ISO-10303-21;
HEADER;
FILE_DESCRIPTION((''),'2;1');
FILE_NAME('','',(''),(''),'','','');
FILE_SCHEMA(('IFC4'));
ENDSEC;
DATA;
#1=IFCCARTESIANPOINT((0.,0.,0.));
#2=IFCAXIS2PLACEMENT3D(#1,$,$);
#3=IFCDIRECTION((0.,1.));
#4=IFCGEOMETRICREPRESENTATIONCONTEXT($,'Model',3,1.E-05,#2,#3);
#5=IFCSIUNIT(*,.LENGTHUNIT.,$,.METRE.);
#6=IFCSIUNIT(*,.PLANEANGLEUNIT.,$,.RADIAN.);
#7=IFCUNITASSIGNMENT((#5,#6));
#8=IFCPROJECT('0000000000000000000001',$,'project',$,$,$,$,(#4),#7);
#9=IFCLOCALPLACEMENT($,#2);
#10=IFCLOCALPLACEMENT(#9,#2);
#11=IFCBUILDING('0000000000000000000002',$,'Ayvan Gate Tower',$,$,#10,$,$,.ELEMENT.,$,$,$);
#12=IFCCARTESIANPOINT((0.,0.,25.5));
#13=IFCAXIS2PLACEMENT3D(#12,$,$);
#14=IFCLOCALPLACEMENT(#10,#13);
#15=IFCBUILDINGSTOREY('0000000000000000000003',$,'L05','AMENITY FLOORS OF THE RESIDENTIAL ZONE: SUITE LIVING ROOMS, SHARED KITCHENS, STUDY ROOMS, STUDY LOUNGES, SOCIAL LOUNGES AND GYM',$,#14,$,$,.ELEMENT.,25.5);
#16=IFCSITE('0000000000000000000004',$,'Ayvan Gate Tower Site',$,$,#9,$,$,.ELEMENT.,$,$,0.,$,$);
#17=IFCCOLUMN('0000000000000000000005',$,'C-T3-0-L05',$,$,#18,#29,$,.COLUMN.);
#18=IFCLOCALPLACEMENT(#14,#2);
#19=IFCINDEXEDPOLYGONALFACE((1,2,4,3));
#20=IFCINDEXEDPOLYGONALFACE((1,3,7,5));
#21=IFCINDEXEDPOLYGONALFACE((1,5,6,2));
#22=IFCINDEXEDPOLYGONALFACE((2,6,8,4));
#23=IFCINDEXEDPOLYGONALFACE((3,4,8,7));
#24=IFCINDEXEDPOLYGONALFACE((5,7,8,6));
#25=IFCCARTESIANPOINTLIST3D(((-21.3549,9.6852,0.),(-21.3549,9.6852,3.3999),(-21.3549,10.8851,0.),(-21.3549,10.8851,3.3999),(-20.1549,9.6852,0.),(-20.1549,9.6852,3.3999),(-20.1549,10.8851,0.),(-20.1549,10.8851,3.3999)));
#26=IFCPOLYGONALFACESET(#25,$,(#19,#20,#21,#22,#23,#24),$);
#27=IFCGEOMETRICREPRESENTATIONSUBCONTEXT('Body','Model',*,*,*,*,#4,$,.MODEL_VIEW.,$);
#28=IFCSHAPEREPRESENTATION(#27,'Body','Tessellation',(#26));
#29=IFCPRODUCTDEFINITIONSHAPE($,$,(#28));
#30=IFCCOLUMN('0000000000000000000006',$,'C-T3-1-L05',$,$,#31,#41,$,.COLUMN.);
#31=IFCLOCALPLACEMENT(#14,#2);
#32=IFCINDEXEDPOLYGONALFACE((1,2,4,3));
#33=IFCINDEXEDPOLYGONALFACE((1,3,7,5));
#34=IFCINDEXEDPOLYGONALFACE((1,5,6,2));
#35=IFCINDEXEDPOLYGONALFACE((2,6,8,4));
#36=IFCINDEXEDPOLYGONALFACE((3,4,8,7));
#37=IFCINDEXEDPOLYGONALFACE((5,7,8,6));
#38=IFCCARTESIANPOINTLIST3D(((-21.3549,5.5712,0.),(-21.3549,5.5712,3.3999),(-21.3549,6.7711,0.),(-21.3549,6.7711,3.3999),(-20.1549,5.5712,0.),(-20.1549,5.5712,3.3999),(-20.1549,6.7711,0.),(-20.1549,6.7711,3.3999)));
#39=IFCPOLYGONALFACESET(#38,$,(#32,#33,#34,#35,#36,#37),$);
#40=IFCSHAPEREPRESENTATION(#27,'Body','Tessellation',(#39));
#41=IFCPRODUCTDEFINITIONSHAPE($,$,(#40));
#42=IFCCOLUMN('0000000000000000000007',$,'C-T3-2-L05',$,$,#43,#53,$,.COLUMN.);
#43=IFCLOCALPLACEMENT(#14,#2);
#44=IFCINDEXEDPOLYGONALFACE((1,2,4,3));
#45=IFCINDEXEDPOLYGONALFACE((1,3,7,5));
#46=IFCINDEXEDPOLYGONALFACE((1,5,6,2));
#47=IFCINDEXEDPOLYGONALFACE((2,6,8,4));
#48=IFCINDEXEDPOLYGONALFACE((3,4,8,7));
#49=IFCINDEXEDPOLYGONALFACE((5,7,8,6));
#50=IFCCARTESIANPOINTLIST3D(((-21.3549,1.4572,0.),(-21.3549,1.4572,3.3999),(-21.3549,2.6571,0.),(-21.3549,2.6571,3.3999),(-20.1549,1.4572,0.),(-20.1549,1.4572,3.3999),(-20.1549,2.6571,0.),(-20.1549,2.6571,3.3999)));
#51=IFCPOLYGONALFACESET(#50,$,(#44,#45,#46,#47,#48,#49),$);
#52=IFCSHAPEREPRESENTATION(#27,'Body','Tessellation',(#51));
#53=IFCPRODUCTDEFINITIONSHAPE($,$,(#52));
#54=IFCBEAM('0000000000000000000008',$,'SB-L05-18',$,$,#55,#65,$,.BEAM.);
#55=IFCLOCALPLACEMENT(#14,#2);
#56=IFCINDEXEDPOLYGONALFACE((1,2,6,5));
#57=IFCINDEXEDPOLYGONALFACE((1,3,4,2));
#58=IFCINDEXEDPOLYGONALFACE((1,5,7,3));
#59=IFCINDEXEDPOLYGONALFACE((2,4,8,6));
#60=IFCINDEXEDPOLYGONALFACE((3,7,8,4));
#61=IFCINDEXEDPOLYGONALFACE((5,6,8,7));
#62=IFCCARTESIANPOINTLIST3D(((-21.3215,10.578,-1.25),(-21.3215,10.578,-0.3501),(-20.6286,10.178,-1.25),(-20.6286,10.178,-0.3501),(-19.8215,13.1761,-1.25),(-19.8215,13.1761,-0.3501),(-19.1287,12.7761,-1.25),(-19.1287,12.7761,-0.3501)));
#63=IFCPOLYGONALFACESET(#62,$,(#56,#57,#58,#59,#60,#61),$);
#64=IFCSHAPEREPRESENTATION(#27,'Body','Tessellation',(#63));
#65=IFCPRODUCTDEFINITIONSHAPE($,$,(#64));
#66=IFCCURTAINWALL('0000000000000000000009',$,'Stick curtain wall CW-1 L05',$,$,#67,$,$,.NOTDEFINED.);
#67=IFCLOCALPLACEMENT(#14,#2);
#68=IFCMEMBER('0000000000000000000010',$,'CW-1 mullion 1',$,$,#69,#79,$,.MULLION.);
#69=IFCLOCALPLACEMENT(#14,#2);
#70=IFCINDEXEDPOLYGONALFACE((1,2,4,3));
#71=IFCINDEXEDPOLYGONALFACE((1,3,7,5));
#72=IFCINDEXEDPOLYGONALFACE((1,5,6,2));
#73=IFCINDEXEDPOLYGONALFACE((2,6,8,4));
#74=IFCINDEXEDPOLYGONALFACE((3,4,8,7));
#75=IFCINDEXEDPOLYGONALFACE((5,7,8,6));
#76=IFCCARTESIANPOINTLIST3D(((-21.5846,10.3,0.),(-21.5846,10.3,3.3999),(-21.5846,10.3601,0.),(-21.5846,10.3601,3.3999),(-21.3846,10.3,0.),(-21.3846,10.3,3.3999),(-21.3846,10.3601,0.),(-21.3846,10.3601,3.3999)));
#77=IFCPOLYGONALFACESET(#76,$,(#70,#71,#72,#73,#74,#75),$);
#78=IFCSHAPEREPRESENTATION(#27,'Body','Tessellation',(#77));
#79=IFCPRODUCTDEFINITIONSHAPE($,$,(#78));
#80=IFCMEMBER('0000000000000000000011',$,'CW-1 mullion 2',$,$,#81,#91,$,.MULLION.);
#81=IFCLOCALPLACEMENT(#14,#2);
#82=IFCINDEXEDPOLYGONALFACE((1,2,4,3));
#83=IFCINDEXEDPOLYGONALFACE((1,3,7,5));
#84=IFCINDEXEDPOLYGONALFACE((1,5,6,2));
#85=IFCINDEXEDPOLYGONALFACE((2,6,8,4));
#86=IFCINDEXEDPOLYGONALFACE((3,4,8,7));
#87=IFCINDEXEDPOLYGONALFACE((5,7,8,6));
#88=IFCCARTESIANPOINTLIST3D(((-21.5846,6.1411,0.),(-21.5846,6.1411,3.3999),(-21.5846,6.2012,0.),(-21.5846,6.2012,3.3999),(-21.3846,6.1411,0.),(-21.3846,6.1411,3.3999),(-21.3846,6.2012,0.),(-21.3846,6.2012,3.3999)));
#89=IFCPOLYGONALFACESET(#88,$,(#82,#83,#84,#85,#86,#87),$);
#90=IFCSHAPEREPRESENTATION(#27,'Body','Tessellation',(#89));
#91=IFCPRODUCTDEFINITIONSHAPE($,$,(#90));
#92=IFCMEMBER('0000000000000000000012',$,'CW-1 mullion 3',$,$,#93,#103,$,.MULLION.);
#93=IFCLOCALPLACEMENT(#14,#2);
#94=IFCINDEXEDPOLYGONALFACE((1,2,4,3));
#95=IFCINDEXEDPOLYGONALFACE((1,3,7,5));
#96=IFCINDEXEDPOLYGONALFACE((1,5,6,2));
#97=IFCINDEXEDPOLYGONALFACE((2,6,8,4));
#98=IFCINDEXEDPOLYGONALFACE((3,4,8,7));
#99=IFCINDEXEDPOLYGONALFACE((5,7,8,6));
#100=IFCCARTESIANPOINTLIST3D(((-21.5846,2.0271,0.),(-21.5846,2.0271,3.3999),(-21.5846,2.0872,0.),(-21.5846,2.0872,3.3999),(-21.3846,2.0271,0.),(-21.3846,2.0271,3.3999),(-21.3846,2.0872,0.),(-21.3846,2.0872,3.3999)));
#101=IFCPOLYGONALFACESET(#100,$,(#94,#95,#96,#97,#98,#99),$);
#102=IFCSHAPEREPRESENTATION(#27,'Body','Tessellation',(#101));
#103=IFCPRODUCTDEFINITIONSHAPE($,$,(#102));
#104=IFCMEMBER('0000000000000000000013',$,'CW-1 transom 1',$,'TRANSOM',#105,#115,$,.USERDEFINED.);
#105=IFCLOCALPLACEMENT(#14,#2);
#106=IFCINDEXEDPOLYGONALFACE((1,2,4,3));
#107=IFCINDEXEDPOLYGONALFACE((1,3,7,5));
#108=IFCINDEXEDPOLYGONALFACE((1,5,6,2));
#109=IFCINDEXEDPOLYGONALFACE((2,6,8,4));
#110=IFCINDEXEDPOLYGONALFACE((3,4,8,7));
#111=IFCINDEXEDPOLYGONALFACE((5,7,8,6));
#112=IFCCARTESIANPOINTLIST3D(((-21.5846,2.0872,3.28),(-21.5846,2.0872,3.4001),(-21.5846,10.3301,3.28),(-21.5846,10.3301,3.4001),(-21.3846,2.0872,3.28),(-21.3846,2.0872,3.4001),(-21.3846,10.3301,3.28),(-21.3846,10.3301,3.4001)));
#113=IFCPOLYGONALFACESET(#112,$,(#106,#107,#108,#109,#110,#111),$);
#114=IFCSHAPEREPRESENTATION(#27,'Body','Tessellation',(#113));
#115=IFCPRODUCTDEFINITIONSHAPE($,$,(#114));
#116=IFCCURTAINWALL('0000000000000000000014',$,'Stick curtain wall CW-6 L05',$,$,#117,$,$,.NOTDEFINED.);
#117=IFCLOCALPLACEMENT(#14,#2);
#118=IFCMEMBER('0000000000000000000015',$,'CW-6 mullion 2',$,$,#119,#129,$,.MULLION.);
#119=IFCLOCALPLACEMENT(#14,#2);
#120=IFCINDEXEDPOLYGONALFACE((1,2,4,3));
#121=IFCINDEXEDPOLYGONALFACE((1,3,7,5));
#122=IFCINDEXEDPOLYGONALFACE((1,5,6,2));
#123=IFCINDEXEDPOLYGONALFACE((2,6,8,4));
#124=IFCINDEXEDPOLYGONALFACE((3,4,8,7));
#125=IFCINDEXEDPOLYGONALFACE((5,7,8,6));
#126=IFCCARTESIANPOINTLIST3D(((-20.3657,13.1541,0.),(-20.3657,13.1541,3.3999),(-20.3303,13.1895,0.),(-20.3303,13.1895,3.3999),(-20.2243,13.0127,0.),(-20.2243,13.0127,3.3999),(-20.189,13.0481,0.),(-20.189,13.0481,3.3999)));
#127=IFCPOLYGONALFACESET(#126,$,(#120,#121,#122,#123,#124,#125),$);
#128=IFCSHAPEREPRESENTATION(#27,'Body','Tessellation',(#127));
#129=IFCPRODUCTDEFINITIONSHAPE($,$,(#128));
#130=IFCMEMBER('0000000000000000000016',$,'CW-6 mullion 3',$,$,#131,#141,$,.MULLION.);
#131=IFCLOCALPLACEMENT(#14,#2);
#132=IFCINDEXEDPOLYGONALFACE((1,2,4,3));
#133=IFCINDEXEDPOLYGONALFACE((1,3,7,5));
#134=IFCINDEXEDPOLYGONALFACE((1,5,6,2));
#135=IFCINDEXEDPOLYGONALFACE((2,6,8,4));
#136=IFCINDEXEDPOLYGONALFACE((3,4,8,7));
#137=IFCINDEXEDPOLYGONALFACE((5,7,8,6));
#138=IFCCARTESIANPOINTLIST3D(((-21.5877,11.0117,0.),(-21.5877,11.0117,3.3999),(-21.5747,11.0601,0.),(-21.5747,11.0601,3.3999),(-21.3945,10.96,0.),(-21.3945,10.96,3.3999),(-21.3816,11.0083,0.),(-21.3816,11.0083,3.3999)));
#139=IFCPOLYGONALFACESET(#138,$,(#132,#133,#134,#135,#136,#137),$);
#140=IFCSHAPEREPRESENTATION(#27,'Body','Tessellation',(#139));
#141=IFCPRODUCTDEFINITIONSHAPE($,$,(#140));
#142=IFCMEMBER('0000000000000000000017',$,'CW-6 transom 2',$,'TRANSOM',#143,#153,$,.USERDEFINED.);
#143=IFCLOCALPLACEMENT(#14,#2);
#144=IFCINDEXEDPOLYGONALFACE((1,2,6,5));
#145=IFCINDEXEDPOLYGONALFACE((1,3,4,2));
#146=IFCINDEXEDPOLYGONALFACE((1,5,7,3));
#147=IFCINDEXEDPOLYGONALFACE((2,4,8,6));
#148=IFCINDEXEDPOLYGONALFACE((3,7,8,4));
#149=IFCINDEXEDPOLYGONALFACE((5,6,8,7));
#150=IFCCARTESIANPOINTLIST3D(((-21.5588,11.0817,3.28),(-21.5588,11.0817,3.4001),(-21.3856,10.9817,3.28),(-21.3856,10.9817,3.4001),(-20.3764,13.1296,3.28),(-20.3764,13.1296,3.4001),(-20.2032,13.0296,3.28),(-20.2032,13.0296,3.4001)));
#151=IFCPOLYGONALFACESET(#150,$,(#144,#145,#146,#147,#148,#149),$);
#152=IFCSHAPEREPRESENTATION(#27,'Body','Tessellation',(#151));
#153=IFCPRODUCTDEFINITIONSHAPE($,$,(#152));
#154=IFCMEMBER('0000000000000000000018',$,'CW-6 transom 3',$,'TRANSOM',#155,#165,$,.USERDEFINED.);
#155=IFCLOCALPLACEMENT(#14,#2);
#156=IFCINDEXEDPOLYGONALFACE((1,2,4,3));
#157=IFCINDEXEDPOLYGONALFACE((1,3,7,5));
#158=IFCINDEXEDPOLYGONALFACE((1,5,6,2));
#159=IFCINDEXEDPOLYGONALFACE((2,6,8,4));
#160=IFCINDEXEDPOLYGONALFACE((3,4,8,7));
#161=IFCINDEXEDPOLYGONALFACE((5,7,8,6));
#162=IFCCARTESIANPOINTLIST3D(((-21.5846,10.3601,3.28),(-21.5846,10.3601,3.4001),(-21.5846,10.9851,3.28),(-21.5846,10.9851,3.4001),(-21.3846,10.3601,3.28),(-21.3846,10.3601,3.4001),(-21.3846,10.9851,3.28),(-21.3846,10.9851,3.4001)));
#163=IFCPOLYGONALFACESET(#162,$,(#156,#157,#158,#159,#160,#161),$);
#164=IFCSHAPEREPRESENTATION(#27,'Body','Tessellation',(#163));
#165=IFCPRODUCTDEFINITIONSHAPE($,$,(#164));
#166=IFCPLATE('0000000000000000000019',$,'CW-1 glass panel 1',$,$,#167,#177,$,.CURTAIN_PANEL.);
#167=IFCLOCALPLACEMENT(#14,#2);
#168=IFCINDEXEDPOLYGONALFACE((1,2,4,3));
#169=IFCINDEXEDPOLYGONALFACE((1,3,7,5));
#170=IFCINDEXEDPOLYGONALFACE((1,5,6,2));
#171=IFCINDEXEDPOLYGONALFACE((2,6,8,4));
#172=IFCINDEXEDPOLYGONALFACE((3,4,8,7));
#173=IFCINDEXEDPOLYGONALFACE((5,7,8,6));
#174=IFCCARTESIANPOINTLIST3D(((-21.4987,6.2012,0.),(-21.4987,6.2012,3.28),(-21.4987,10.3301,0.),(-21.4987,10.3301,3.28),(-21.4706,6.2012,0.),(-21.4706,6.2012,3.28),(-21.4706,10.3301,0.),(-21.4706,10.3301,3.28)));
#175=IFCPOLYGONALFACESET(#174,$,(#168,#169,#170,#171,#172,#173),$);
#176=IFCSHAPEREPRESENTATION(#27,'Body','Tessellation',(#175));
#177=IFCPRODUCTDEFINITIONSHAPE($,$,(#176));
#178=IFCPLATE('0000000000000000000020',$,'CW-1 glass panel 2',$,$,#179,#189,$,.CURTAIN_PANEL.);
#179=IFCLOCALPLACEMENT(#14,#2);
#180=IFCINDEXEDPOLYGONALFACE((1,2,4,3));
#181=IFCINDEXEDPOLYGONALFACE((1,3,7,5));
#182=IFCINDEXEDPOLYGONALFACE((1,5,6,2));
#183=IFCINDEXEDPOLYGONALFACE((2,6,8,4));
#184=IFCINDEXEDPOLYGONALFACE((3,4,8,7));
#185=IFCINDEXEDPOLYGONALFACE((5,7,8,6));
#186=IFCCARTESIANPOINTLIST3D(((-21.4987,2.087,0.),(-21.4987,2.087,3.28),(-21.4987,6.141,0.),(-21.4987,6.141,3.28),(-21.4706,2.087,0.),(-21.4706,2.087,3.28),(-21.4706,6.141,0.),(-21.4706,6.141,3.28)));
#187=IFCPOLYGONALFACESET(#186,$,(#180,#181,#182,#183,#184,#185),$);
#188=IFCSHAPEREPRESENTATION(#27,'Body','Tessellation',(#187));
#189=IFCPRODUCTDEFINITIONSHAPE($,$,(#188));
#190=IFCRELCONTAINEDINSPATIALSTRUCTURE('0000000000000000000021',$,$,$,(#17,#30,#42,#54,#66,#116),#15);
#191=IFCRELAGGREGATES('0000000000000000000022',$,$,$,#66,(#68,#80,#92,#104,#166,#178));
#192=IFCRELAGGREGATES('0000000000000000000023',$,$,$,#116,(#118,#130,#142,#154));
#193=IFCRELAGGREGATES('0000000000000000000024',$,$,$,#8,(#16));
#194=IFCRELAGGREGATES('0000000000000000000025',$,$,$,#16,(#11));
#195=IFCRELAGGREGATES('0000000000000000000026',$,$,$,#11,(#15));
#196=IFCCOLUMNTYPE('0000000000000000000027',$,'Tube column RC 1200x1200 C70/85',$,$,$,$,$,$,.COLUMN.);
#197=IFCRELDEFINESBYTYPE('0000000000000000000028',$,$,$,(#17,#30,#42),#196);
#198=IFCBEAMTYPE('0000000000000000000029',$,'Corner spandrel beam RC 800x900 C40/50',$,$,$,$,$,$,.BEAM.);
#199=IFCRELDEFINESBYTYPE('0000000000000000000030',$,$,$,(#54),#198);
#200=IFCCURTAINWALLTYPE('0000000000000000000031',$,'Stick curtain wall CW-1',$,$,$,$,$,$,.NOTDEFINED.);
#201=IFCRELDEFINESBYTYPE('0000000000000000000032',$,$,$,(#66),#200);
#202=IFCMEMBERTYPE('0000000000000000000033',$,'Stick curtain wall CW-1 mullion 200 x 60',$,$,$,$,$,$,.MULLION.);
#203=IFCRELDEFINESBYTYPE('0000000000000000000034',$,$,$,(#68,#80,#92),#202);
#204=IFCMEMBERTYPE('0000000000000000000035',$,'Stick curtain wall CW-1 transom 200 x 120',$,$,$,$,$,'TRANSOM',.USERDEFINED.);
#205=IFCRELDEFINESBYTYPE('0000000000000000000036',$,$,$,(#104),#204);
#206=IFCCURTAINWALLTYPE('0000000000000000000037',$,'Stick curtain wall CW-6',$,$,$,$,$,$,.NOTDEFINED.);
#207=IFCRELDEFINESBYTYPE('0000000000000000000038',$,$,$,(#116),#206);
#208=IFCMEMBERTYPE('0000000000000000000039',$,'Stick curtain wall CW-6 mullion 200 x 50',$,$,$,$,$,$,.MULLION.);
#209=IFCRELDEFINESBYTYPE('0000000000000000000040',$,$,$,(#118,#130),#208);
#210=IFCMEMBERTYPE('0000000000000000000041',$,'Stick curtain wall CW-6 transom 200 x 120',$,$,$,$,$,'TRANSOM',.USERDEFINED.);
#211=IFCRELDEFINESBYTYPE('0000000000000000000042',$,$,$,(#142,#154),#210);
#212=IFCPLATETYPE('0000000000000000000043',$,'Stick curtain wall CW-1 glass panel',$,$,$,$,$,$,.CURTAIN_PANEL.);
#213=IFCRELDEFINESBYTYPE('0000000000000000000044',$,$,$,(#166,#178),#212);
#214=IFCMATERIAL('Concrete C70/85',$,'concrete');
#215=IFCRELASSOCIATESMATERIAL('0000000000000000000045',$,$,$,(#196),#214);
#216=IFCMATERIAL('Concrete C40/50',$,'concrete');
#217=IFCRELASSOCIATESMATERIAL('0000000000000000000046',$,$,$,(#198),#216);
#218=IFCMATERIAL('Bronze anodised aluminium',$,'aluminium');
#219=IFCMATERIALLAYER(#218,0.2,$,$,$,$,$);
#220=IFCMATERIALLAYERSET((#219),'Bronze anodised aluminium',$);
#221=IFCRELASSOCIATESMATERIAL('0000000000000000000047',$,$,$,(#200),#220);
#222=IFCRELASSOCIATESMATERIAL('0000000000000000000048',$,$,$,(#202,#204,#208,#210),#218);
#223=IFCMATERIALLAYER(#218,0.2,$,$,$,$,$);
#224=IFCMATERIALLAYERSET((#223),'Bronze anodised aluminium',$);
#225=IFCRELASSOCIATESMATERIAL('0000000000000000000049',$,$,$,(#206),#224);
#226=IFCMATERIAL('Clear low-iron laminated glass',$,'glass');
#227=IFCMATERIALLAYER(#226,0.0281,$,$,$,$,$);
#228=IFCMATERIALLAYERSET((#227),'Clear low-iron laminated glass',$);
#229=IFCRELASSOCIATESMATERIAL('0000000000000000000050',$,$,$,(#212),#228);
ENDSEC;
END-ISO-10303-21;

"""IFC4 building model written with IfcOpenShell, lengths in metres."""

from ifc_helpers import new_model, si_unit, direction, frame, origin, origin_2d, place, context, subcontext, project, spatial, rectangle, extrude, material, layer, layer_set, material_profile, profile_set, type_object, element, aggregate, save


model = new_model("IFC4")

# Units and contexts
model_context = context("Model", 3, precision=1e-05, world=origin(), true_north=direction((0.0, 1.0)))
body_context = subcontext(model_context, "Body", "Model", "MODEL_VIEW")
ifc_project = project(units=[si_unit("LENGTHUNIT", "METRE"), si_unit("PLANEANGLEUNIT", "RADIAN")], contexts=[model_context])

# Site, building, storey
site_placement = place(None, origin())
site = spatial("IfcSite", under=ifc_project, at=site_placement, Name="Ayvan Gate Tower Site", CompositionType="ELEMENT", RefElevation=0.0)
building_placement = place(site_placement, origin())
building = spatial("IfcBuilding", under=site, at=building_placement, Name="Ayvan Gate Tower", CompositionType="ELEMENT")
storey_placement = place(building_placement, frame((0.0, 0.0, 25.5)))
storey = spatial("IfcBuildingStorey", under=building, at=storey_placement, Name="L05", Description="AMENITY FLOORS OF THE RESIDENTIAL ZONE: SUITE LIVING ROOMS, SHARED KITCHENS, STUDY ROOMS, STUDY LOUNGES, SOCIAL LOUNGES AND GYM", CompositionType="ELEMENT", Elevation=25.5)

# Columns
ifc_material_1 = material(Name="Concrete C70/85", Category="concrete")
ifc_material_profile_1 = material_profile(ifc_material_1, rectangle(XDim=1.2, YDim=1.2, at=origin_2d()), Name="RC 1200x1200")
ifc_profile_set_1 = profile_set([ifc_material_profile_1], Name="Concrete C70/85")
column_type = type_object("IfcColumnType", Name="Tube column RC 1200x1200 C70/85", PredefinedType="COLUMN", material=ifc_profile_set_1)
for number, where, z_axis, x_axis, name in (
    (1, (-20.7549, 10.2852, 0.0), (0.0, 0.0, 1.0), (-1.0, 0.0, 0.0), "C-T3-0-L05"),
    (2, (-20.7549, 6.1711, 0.0), (0.0, 0.0, 1.0), (-1.0, 0.0, 0.0), "C-T3-1-L05"),
    (3, (-20.7549, 2.0571, 0.0), (0.0, 0.0, 1.0), (-1.0, 0.0, 0.0), "C-T3-2-L05"),
):
    element("IfcColumn", number, at=place(storey_placement, frame(where, z_axis=z_axis, x_axis=x_axis)), inside=storey, type_object=column_type, Name=name, PredefinedType="COLUMN", context=body_context, shape_type="SweptSolid", body=[
        extrude(rectangle(XDim=1.2, YDim=1.2, at=origin_2d()), origin(), (0.0, 0.0, 1.0), 3.3999),
    ])

# Beam
ifc_material_2 = material(Name="Concrete C40/50", Category="concrete")
ifc_material_profile_2 = material_profile(ifc_material_2, rectangle(XDim=0.8, YDim=0.8999, at=origin_2d()), Name="RC 800x900")
ifc_profile_set_2 = profile_set([ifc_material_profile_2], Name="Concrete C40/50")
beam_type = type_object("IfcBeamType", Name="Corner spandrel beam RC 800x900 C40/50", PredefinedType="BEAM", material=ifc_profile_set_2)
beam_placement = place(storey_placement, frame((-19.4751, 12.9761, -0.8), z_axis=(-0.49999, -0.866031, 0.0), x_axis=(0.866031, -0.49999, 0.0)))
element("IfcBeam", 4, at=beam_placement, inside=storey, type_object=beam_type, Name="SB-L05-18", PredefinedType="BEAM", context=body_context, shape_type="SweptSolid", body=[
    extrude(rectangle(XDim=0.8, YDim=0.8999, at=origin_2d()), origin(), (0.0, 0.0, 1.0), 3.0),
])

# Curtain walls, members
ifc_material_3 = material(Name="Bronze anodised aluminium", Category="aluminium")
ifc_layer_1 = layer(ifc_material_3, 0.2)
ifc_layer_set_1 = layer_set([ifc_layer_1], Name="Bronze anodised aluminium")
curtain_wall_type_1 = type_object("IfcCurtainWallType", Name="Stick curtain wall CW-1", PredefinedType="NOTDEFINED", material=ifc_layer_set_1)
curtain_wall_1_placement = place(storey_placement, origin())
curtain_wall_1 = element("IfcCurtainWall", 5, at=curtain_wall_1_placement, inside=storey, type_object=curtain_wall_type_1, Name="Stick curtain wall CW-1 L05", PredefinedType="NOTDEFINED")
ifc_material_profile_3 = material_profile(ifc_material_3, rectangle(XDim=0.2, YDim=0.0601, at=origin_2d()), Name="Stick curtain wall CW-1 mullion 200 x 60")
ifc_profile_set_3 = profile_set([ifc_material_profile_3], Name="Bronze anodised aluminium")
member_type_1 = type_object("IfcMemberType", Name="Stick curtain wall CW-1 mullion 200 x 60", PredefinedType="MULLION", material=ifc_profile_set_3)
member_1_placement = place(storey_placement, frame((-21.4846, 10.3301, 0.0), z_axis=(0.0, 0.0, 1.0), x_axis=(-1.0, 0.0, 0.0)))
member_1 = element("IfcMember", 6, at=member_1_placement, type_object=member_type_1, Name="CW-1 mullion 1", PredefinedType="MULLION", context=body_context, shape_type="SweptSolid", body=[
    extrude(rectangle(XDim=0.2, YDim=0.0601, at=origin_2d()), origin(), (0.0, 0.0, 1.0), 3.3999),
])
member_2_placement = place(storey_placement, frame((-21.4846, 6.1711, 0.0), z_axis=(0.0, 0.0, 1.0), x_axis=(-1.0, 0.0, 0.0)))
member_2 = element("IfcMember", 7, at=member_2_placement, type_object=member_type_1, Name="CW-1 mullion 2", PredefinedType="MULLION", context=body_context, shape_type="SweptSolid", body=[
    extrude(rectangle(XDim=0.2, YDim=0.0601, at=origin_2d()), origin(), (0.0, 0.0, 1.0), 3.3999),
])
member_3_placement = place(storey_placement, frame((-21.4846, 2.0571, 0.0), z_axis=(0.0, 0.0, 1.0), x_axis=(-1.0, 0.0, 0.0)))
member_3 = element("IfcMember", 8, at=member_3_placement, type_object=member_type_1, Name="CW-1 mullion 3", PredefinedType="MULLION", context=body_context, shape_type="SweptSolid", body=[
    extrude(rectangle(XDim=0.2, YDim=0.0601, at=origin_2d()), origin(), (0.0, 0.0, 1.0), 3.3999),
])
ifc_material_profile_4 = material_profile(ifc_material_3, rectangle(XDim=0.2, YDim=0.1201, at=origin_2d()), Name="Stick curtain wall CW-1 transom 200 x 120")
ifc_profile_set_4 = profile_set([ifc_material_profile_4], Name="Bronze anodised aluminium")
member_type_2 = type_object("IfcMemberType", Name="Stick curtain wall CW-1 transom 200 x 120", ElementType="TRANSOM", PredefinedType="USERDEFINED", material=ifc_profile_set_4)
member_4_placement = place(storey_placement, frame((-21.4846, 10.3301, 3.3401), z_axis=(0.0, -1.0, 0.0), x_axis=(1.0, 0.0, 0.0)))
member_4 = element("IfcMember", 9, at=member_4_placement, type_object=member_type_2, Name="CW-1 transom 1", ObjectType="TRANSOM", PredefinedType="USERDEFINED", context=body_context, shape_type="SweptSolid", body=[
    extrude(rectangle(XDim=0.2, YDim=0.1201, at=origin_2d()), origin(), (0.0, 0.0, 1.0), 8.2429),
])
ifc_layer_2 = layer(ifc_material_3, 0.2)
ifc_layer_set_2 = layer_set([ifc_layer_2], Name="Bronze anodised aluminium")
curtain_wall_type_2 = type_object("IfcCurtainWallType", Name="Stick curtain wall CW-6", PredefinedType="NOTDEFINED", material=ifc_layer_set_2)
curtain_wall_2_placement = place(storey_placement, origin())
curtain_wall_2 = element("IfcCurtainWall", 10, at=curtain_wall_2_placement, inside=storey, type_object=curtain_wall_type_2, Name="Stick curtain wall CW-6 L05", PredefinedType="NOTDEFINED")
ifc_material_profile_5 = material_profile(ifc_material_3, rectangle(XDim=0.2, YDim=0.05, at=origin_2d()), Name="Stick curtain wall CW-6 mullion 200 x 50")
ifc_profile_set_5 = profile_set([ifc_material_profile_5], Name="Bronze anodised aluminium")
member_type_3 = type_object("IfcMemberType", Name="Stick curtain wall CW-6 mullion 200 x 50", PredefinedType="MULLION", material=ifc_profile_set_5)
member_5_placement = place(storey_placement, frame((-20.2773, 13.1011, 0.0), z_axis=(0.0, 0.0, 1.0), x_axis=(-0.707107, 0.707107, 0.0)))
member_5 = element("IfcMember", 11, at=member_5_placement, type_object=member_type_3, Name="CW-6 mullion 2", PredefinedType="MULLION", context=body_context, shape_type="SweptSolid", body=[
    extrude(rectangle(XDim=0.2, YDim=0.05, at=origin_2d()), origin(), (0.0, 0.0, 1.0), 3.3999),
])
member_6_placement = place(storey_placement, frame((-21.4846, 11.01, 0.0), z_axis=(0.0, 0.0, 1.0), x_axis=(-0.965926, 0.258819, 0.0)))
member_6 = element("IfcMember", 12, at=member_6_placement, type_object=member_type_3, Name="CW-6 mullion 3", PredefinedType="MULLION", context=body_context, shape_type="SweptSolid", body=[
    extrude(rectangle(XDim=0.2, YDim=0.05, at=origin_2d()), origin(), (0.0, 0.0, 1.0), 3.3999),
])
ifc_material_profile_6 = material_profile(ifc_material_3, rectangle(XDim=0.2, YDim=0.1201, at=origin_2d()), Name="Stick curtain wall CW-6 transom 200 x 120")
ifc_profile_set_6 = profile_set([ifc_material_profile_6], Name="Bronze anodised aluminium")
member_type_4 = type_object("IfcMemberType", Name="Stick curtain wall CW-6 transom 200 x 120", ElementType="TRANSOM", PredefinedType="USERDEFINED", material=ifc_profile_set_6)
member_7_placement = place(storey_placement, frame((-20.2898, 13.0796, 3.3401), z_axis=(-0.500014, -0.866017, 0.0), x_axis=(0.866017, -0.500014, 0.0)))
member_7 = element("IfcMember", 13, at=member_7_placement, type_object=member_type_4, Name="CW-6 transom 2", ObjectType="TRANSOM", PredefinedType="USERDEFINED", context=body_context, shape_type="SweptSolid", body=[
    extrude(rectangle(XDim=0.2, YDim=0.1201, at=origin_2d()), origin(), (0.0, 0.0, 1.0), 2.3647),
])
member_8_placement = place(storey_placement, frame((-21.4846, 10.9851, 3.3401), z_axis=(0.0, -1.0, 0.0), x_axis=(1.0, 0.0, 0.0)))
member_8 = element("IfcMember", 14, at=member_8_placement, type_object=member_type_4, Name="CW-6 transom 3", ObjectType="TRANSOM", PredefinedType="USERDEFINED", context=body_context, shape_type="SweptSolid", body=[
    extrude(rectangle(XDim=0.2, YDim=0.1201, at=origin_2d()), origin(), (0.0, 0.0, 1.0), 0.625),
])

# Plates
ifc_material_4 = material(Name="Clear low-iron laminated glass", Category="glass")
ifc_layer_3 = layer(ifc_material_4, 0.0281)
ifc_layer_set_3 = layer_set([ifc_layer_3], Name="Clear low-iron laminated glass")
plate_type_1 = type_object("IfcPlateType", Name="Stick curtain wall CW-1 glass panel", PredefinedType="CURTAIN_PANEL", material=ifc_layer_set_3)
plate_1_placement = place(storey_placement, frame((-21.4846, 8.2656, 0.0), z_axis=(0.0, 0.0, 1.0), x_axis=(0.0, -1.0, 0.0)))
plate_1 = element("IfcPlate", 15, at=plate_1_placement, type_object=plate_type_1, Name="CW-1 glass panel 1", PredefinedType="CURTAIN_PANEL", context=body_context, shape_type="SweptSolid", body=[
    extrude(rectangle(XDim=4.1289, YDim=0.0281, at=origin_2d()), origin(), (0.0, 0.0, 1.0), 3.28),
])
plate_2_placement = place(storey_placement, frame((-21.4846, 4.114, 0.0), z_axis=(0.0, 0.0, 1.0), x_axis=(0.0, -1.0, 0.0)))
plate_2 = element("IfcPlate", 16, at=plate_2_placement, type_object=plate_type_1, Name="CW-1 glass panel 2", PredefinedType="CURTAIN_PANEL", context=body_context, shape_type="SweptSolid", body=[
    extrude(rectangle(XDim=4.054, YDim=0.0281, at=origin_2d()), origin(), (0.0, 0.0, 1.0), 3.28),
])
aggregate(curtain_wall_1, [member_1, member_2, member_3, member_4, plate_1, plate_2])
aggregate(curtain_wall_2, [member_5, member_6, member_7, member_8])

save(model, "model.ifc")
